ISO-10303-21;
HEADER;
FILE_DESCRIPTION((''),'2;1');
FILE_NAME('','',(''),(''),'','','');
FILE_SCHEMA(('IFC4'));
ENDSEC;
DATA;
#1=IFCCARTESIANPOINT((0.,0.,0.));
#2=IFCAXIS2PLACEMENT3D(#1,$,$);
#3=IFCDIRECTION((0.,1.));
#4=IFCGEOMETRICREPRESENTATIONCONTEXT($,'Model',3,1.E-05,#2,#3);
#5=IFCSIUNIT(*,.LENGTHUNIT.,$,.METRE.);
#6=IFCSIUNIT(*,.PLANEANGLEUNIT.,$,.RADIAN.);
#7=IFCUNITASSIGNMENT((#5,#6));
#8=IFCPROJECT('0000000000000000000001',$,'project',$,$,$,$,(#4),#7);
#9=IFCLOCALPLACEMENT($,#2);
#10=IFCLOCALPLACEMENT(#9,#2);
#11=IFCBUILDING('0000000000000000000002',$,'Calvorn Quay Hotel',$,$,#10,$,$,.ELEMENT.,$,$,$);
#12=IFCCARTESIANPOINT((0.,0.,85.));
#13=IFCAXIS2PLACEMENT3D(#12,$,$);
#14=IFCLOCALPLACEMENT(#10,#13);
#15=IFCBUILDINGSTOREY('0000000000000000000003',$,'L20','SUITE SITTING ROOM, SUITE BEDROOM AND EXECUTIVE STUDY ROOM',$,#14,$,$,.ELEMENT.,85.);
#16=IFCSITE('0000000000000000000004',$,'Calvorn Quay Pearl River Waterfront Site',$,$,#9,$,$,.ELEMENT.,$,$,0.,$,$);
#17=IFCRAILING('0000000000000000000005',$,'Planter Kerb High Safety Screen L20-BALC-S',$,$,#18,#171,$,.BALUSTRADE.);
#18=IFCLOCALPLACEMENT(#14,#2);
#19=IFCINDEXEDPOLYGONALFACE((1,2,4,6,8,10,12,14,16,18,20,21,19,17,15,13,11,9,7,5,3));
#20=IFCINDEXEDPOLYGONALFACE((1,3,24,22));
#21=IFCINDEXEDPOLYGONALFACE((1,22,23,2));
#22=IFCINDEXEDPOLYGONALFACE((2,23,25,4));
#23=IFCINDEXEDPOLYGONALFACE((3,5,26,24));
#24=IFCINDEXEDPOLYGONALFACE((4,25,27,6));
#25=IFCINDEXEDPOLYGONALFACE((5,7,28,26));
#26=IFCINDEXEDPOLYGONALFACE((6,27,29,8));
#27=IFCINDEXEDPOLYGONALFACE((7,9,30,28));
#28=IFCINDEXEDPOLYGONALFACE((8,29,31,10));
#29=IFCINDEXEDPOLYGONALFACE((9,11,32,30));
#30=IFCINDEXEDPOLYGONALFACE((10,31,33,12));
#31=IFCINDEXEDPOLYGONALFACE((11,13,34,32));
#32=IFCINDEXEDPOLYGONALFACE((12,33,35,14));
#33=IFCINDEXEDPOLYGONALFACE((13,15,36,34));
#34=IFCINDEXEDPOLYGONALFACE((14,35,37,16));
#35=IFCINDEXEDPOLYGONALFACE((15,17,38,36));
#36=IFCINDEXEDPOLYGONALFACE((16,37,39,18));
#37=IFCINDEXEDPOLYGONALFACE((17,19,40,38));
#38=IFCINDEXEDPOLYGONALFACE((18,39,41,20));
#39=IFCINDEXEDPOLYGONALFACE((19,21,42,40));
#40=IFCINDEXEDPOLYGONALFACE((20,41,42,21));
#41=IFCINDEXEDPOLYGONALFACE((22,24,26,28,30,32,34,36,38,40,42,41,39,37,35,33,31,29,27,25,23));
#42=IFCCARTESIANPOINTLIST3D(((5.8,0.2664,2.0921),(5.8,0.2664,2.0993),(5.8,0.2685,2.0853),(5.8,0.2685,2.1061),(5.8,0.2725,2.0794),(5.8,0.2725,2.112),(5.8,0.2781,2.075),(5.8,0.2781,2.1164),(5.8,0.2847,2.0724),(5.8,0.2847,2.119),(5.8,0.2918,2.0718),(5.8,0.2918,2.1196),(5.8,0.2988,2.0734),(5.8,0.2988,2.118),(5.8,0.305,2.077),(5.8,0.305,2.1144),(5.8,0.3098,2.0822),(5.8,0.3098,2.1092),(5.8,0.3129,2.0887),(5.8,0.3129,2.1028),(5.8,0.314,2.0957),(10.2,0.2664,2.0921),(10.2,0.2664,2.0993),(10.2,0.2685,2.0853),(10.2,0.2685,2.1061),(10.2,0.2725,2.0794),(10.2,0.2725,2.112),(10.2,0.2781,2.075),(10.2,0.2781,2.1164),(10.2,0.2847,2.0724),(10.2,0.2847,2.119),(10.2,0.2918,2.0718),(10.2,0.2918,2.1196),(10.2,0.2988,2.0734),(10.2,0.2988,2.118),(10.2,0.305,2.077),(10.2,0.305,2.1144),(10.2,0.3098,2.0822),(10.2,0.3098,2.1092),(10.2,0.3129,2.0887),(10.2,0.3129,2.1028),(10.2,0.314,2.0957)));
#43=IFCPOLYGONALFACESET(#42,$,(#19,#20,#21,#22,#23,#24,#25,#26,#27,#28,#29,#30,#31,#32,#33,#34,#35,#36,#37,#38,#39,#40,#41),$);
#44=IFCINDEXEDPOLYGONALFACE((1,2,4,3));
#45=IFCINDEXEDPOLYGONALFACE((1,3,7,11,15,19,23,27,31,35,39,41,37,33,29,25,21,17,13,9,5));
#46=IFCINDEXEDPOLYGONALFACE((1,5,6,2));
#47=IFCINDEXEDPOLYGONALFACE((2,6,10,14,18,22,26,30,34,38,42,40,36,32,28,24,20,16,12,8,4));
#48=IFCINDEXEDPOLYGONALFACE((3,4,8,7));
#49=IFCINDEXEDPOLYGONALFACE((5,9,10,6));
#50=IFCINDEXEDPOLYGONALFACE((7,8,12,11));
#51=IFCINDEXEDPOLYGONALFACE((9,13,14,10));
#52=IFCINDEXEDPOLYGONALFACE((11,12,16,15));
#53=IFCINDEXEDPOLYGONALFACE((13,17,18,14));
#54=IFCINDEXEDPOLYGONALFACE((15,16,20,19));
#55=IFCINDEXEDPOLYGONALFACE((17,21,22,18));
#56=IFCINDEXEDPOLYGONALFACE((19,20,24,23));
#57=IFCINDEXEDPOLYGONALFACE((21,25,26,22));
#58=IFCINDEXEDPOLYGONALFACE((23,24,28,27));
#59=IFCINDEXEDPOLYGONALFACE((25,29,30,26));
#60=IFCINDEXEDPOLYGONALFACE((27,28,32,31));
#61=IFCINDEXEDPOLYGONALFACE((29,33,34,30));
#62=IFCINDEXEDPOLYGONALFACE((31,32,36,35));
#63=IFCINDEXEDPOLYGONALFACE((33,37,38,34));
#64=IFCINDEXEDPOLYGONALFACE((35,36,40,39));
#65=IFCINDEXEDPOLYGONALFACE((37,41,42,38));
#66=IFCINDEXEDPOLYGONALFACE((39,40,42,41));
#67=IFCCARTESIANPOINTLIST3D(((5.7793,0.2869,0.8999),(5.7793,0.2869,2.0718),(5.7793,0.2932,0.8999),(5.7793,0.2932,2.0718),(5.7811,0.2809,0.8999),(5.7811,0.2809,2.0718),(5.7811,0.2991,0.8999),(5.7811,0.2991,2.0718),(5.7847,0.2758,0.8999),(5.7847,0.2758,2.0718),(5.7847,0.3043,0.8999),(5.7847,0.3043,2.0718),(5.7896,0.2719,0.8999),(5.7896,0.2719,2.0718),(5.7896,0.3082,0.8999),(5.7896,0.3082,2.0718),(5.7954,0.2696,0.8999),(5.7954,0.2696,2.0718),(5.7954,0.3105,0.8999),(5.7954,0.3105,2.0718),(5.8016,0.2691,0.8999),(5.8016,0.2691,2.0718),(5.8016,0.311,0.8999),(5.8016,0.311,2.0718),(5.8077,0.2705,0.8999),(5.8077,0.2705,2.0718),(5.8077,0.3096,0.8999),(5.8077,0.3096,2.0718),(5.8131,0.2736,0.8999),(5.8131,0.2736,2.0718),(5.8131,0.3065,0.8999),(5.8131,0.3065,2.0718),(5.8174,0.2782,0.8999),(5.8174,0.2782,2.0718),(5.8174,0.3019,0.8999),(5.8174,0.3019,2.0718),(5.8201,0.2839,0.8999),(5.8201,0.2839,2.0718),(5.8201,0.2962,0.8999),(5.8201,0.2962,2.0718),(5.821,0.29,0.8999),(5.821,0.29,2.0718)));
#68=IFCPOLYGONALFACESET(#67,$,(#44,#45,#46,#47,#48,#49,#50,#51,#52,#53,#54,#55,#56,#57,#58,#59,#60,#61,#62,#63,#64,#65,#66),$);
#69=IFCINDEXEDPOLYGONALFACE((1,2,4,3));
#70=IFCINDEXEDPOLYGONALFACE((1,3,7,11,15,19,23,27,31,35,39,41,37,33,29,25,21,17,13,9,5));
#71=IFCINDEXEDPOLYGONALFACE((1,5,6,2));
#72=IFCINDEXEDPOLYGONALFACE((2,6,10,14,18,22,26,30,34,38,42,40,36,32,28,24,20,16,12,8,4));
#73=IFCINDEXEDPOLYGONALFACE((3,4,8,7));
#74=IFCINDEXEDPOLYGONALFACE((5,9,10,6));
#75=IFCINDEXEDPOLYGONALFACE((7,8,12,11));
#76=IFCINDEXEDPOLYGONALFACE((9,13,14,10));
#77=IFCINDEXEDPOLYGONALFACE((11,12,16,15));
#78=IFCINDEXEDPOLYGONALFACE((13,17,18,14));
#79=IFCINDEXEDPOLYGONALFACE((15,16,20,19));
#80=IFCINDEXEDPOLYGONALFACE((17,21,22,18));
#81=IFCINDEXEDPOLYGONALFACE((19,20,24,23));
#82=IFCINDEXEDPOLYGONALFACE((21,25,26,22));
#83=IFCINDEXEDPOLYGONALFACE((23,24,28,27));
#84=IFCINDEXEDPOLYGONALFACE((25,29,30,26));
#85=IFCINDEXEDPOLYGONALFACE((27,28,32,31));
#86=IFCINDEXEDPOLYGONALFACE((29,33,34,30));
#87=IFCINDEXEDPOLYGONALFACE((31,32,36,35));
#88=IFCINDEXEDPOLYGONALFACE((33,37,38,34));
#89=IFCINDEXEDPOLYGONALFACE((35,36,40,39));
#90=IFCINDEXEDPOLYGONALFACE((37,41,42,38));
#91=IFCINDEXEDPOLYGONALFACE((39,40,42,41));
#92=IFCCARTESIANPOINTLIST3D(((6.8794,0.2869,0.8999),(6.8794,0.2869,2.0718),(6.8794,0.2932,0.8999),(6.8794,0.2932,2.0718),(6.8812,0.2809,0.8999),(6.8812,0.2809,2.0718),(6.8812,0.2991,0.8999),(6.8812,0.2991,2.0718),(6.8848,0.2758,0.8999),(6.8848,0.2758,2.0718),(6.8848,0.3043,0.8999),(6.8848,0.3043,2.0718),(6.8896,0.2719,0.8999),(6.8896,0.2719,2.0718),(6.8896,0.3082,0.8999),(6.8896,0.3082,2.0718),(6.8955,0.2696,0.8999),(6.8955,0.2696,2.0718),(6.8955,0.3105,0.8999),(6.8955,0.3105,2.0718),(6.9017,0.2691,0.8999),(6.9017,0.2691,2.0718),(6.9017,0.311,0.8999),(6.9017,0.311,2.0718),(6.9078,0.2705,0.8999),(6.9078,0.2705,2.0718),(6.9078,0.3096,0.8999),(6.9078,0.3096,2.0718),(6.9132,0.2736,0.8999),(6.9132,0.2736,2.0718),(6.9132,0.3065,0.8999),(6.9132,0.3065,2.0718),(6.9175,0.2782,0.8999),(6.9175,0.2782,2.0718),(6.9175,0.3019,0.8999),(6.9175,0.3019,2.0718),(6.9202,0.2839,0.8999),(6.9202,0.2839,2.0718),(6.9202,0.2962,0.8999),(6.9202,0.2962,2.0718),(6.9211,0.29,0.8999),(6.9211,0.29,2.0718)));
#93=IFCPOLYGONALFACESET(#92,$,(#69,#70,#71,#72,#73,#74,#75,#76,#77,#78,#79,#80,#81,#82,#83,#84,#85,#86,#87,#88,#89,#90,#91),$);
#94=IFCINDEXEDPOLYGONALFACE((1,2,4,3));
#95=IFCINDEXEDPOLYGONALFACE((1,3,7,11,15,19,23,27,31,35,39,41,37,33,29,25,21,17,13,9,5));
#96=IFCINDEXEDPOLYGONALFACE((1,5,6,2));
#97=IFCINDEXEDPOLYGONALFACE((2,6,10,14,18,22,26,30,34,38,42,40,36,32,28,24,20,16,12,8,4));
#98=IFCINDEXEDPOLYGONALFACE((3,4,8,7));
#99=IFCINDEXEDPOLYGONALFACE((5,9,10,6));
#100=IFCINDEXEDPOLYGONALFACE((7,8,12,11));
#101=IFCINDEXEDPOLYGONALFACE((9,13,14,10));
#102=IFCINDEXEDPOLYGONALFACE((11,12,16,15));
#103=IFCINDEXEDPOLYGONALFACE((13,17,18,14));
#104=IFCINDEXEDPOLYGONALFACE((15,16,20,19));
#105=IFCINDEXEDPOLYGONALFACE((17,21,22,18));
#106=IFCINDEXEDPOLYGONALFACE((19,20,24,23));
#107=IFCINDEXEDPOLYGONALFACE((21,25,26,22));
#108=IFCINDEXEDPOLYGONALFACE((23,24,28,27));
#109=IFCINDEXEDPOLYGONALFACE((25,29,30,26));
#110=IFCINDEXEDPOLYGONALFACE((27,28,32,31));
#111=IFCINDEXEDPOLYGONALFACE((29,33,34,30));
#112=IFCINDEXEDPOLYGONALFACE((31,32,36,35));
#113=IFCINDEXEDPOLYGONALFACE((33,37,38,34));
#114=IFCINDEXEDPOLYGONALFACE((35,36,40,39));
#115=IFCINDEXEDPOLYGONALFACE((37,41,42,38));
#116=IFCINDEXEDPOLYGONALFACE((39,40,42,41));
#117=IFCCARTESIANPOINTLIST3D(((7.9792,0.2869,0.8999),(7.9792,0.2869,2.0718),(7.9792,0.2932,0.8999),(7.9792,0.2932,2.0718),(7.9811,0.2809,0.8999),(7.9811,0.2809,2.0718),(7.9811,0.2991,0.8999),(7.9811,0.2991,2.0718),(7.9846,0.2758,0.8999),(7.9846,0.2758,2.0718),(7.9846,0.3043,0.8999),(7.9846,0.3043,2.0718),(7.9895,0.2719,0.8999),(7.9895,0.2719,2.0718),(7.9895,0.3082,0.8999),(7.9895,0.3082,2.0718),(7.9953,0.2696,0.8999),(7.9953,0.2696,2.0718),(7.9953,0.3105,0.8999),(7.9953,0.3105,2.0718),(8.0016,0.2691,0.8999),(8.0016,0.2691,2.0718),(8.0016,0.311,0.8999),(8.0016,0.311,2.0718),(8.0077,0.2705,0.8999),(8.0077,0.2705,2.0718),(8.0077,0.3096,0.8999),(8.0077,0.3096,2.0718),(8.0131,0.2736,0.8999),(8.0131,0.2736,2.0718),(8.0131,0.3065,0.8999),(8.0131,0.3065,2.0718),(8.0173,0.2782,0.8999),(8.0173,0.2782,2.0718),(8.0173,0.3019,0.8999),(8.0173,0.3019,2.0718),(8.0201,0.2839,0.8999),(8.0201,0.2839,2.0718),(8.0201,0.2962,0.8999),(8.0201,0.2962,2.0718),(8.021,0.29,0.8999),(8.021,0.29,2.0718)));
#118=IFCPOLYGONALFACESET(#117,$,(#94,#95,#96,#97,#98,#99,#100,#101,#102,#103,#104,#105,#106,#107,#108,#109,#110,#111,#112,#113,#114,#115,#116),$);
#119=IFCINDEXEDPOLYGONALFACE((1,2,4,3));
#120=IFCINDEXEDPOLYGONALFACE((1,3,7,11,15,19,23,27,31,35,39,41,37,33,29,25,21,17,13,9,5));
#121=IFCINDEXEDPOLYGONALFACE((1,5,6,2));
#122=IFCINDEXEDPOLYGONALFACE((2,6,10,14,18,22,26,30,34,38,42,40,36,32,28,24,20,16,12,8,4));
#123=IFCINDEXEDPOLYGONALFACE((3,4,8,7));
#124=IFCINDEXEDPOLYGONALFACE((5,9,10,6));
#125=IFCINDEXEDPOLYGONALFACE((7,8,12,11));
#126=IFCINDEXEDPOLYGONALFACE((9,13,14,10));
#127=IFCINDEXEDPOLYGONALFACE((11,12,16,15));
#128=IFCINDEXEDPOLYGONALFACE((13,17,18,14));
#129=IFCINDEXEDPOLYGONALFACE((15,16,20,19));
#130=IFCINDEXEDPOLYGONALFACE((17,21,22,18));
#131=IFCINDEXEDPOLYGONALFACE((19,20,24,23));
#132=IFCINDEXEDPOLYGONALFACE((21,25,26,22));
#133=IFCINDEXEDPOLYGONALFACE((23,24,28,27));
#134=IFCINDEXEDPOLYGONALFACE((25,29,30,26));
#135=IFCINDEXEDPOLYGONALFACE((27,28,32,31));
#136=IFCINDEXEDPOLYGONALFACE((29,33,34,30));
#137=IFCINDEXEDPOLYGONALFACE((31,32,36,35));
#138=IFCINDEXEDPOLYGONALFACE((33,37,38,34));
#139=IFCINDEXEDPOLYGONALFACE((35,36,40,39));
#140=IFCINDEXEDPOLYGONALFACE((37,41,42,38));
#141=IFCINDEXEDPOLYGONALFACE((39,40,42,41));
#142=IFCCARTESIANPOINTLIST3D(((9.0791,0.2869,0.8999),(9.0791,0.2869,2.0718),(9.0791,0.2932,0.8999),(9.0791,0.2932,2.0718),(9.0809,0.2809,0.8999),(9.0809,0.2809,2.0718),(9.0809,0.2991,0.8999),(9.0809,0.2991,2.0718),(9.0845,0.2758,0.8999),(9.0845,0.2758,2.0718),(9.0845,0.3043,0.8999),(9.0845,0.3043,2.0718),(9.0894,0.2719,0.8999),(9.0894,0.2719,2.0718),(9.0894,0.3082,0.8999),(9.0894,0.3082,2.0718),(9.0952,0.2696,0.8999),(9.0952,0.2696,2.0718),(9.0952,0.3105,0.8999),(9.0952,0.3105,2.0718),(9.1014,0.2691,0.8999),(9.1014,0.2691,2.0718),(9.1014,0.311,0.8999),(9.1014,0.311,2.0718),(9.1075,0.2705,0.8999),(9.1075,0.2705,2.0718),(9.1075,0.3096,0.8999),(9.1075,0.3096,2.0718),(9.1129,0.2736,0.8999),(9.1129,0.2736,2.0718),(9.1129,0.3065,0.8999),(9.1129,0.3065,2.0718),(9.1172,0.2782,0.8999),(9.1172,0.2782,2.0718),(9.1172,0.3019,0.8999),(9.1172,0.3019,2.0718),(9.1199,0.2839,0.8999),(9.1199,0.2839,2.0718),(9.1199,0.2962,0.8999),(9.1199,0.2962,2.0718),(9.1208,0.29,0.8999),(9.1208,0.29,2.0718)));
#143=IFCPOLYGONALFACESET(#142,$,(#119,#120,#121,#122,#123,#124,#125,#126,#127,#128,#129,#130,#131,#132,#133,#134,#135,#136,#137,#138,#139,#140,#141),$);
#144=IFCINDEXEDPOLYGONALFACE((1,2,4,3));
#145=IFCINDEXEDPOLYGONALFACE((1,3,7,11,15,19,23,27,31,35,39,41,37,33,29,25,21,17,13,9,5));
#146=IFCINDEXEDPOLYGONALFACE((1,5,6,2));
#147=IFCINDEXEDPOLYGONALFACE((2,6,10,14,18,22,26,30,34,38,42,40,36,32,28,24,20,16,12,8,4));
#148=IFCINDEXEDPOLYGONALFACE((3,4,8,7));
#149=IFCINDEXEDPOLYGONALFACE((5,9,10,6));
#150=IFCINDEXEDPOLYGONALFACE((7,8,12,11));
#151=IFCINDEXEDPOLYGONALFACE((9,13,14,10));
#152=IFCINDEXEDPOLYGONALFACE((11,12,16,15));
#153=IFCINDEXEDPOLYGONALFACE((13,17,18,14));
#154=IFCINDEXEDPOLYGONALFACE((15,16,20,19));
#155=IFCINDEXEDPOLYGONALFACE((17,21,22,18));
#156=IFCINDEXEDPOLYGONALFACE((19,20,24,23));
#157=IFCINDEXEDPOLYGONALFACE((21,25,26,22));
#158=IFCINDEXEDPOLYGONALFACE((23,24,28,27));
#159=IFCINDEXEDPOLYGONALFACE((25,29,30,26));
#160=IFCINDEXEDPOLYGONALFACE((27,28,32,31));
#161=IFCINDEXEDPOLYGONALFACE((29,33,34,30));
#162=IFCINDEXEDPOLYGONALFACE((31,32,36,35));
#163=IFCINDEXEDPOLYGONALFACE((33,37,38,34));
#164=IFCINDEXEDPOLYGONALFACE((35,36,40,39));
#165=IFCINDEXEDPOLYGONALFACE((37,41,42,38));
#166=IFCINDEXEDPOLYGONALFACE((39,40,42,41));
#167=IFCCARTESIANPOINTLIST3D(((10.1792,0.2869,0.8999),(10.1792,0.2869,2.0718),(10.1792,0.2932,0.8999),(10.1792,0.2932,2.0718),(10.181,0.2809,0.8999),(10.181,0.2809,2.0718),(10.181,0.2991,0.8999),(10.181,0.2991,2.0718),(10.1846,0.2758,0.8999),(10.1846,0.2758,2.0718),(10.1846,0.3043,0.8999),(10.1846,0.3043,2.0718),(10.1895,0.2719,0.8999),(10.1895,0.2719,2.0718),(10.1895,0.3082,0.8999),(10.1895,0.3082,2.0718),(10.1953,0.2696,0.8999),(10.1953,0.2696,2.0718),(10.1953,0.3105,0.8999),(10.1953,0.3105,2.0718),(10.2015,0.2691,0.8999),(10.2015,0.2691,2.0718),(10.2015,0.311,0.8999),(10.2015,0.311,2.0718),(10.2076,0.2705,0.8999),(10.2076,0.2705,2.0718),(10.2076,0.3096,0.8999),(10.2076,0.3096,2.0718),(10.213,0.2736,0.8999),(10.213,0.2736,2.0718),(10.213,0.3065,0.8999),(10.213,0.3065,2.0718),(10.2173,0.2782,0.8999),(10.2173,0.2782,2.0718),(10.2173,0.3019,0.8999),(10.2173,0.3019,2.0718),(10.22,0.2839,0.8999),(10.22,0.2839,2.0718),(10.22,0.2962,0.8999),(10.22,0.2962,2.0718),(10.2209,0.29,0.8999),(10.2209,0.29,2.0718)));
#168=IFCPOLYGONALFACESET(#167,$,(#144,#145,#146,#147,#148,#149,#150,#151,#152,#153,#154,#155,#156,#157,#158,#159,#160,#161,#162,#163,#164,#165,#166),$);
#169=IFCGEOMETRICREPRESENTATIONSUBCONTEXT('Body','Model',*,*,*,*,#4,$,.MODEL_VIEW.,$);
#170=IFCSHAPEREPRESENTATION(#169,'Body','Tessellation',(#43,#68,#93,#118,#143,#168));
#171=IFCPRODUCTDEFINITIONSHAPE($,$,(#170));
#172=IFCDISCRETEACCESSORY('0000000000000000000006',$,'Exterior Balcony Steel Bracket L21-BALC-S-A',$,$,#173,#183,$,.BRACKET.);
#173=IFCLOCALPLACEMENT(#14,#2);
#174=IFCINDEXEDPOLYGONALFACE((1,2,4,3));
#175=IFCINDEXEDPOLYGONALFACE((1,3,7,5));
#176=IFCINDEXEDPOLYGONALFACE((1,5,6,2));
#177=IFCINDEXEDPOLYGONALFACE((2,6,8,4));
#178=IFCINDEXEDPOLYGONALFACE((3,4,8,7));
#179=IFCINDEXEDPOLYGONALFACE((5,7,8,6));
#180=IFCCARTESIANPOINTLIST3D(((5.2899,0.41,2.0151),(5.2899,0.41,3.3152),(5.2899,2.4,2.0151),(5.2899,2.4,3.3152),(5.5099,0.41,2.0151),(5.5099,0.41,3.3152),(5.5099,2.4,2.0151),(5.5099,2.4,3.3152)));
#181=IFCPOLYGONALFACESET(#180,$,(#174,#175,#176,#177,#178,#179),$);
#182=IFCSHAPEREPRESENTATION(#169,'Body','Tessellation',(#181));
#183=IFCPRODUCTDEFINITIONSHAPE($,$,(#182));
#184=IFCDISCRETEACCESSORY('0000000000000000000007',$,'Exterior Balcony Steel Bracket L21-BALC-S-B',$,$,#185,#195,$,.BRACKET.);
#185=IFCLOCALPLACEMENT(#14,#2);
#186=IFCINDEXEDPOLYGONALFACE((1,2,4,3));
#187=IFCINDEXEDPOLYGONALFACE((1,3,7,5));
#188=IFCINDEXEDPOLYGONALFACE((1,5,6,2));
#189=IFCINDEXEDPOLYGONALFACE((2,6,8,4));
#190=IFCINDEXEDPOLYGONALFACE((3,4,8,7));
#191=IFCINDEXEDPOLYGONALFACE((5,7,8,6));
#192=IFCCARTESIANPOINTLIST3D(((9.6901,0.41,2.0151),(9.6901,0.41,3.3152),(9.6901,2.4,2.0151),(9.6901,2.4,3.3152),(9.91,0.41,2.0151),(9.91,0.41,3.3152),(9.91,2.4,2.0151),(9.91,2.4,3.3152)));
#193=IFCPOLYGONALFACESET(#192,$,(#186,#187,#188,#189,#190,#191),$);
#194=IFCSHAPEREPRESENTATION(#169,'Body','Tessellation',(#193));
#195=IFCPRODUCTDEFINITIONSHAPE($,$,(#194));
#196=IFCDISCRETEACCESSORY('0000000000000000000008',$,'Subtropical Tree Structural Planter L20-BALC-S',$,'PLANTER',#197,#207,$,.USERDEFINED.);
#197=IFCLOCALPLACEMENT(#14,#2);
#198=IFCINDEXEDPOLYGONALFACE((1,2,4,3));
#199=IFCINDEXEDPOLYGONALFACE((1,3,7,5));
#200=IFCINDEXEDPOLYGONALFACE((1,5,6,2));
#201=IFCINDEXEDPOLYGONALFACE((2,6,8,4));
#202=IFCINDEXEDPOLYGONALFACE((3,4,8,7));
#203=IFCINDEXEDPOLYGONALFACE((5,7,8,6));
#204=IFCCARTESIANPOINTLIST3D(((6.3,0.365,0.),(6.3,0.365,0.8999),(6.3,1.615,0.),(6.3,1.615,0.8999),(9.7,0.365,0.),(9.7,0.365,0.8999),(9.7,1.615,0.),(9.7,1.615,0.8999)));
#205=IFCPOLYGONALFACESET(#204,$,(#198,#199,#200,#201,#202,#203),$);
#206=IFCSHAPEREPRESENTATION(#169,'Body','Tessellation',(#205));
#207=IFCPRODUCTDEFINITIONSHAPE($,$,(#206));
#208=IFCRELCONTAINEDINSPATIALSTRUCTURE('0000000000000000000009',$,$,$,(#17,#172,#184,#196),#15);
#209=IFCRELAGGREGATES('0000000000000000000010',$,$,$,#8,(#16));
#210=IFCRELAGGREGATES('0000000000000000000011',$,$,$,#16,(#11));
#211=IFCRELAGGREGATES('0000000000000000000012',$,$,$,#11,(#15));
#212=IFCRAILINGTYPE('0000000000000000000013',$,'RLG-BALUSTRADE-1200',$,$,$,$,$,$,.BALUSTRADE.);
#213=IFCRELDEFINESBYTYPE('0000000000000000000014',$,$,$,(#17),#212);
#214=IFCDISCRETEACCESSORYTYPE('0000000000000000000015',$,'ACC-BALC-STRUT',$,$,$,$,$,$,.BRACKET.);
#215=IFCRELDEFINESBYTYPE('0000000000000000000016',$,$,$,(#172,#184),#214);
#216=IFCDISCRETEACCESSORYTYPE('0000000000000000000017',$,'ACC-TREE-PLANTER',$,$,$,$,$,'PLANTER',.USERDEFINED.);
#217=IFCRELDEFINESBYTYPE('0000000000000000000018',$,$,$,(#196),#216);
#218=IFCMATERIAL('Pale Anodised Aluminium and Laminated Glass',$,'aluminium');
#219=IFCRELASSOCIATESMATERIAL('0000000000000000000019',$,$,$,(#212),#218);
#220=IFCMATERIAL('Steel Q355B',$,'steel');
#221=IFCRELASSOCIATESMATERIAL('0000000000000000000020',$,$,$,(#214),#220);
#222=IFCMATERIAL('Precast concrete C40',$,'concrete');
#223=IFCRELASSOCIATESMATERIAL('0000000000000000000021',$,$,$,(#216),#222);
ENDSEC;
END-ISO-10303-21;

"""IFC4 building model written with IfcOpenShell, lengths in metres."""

from ifc_helpers import new_model, si_unit, direction, frame, origin, origin_2d, place, context, subcontext, project, spatial, rectangle, circle, extrude, material, type_object, element, save


model = new_model("IFC4")

# Units and contexts
model_context = context("Model", 3, precision=1e-05, world=origin(), true_north=direction((0.0, 1.0)))
body_context = subcontext(model_context, "Body", "Model", "MODEL_VIEW")
ifc_project = project(units=[si_unit("LENGTHUNIT", "METRE"), si_unit("PLANEANGLEUNIT", "RADIAN")], contexts=[model_context])

# Site, building, storey
site_placement = place(None, origin())
site = spatial("IfcSite", under=ifc_project, at=site_placement, Name="Calvorn Quay Pearl River Waterfront Site", CompositionType="ELEMENT", RefElevation=0.0)
building_placement = place(site_placement, origin())
building = spatial("IfcBuilding", under=site, at=building_placement, Name="Calvorn Quay Hotel", CompositionType="ELEMENT")
storey_placement = place(building_placement, frame((0.0, 0.0, 85.0)))
storey = spatial("IfcBuildingStorey", under=building, at=storey_placement, Name="L20", Description="SUITE SITTING ROOM, SUITE BEDROOM AND EXECUTIVE STUDY ROOM", CompositionType="ELEMENT", Elevation=85.0)

# Railing
ifc_material_1 = material(Name="Pale Anodised Aluminium and Laminated Glass", Category="aluminium")
railing_type = type_object("IfcRailingType", Name="RLG-BALUSTRADE-1200", PredefinedType="BALUSTRADE", material=ifc_material_1)
railing_1_placement = place(storey_placement, frame((5.8, 0.29, 0.8999)))
element("IfcRailing", 1, at=railing_1_placement, inside=storey, type_object=railing_type, Name="Planter Kerb High Safety Screen L20-BALC-S", PredefinedType="BALUSTRADE", context=body_context, shape_type="SweptSolid", body=[
    extrude(circle(Radius=0.0239, at=origin_2d()), frame((0.0, 0.0, 1.1958), z_axis=(1.0, 0.0, 0.0), x_axis=(0.0, 1.0, 0.0)), (0.0, 0.0, 1.0), 4.3999),
    extrude(circle(Radius=0.021, at=origin_2d()), origin(), (0.0, 0.0, 1.0), 1.1719),
    extrude(circle(Radius=0.021, at=origin_2d()), frame((1.1001, 0.0, 0.0)), (0.0, 0.0, 1.0), 1.1719),
    extrude(circle(Radius=0.021, at=origin_2d()), frame((2.2, 0.0, 0.0)), (0.0, 0.0, 1.0), 1.1719),
    extrude(circle(Radius=0.021, at=origin_2d()), frame((3.2998, 0.0, 0.0)), (0.0, 0.0, 1.0), 1.1719),
    extrude(circle(Radius=0.021, at=origin_2d()), frame((4.3999, 0.0, 0.0)), (0.0, 0.0, 1.0), 1.1719),
])

# Discrete accessories
ifc_material_2 = material(Name="Steel Q355B", Category="steel")
discrete_accessory_type_1 = type_object("IfcDiscreteAccessoryType", Name="ACC-BALC-STRUT", PredefinedType="BRACKET", material=ifc_material_2)
for number, where, z_axis, x_axis, name in (
    (2, (5.3999, 1.405, 2.0151), (0.0, 0.0, 1.0), (1.0, 0.0, 0.0), "Exterior Balcony Steel Bracket L21-BALC-S-A"),
    (3, (9.8, 1.405, 2.0151), (0.0, 0.0, 1.0), (1.0, 0.0, 0.0), "Exterior Balcony Steel Bracket L21-BALC-S-B"),
):
    element("IfcDiscreteAccessory", number, at=place(storey_placement, frame(where, z_axis=z_axis, x_axis=x_axis)), inside=storey, type_object=discrete_accessory_type_1, Name=name, PredefinedType="BRACKET", context=body_context, shape_type="SweptSolid", body=[
        extrude(rectangle(XDim=0.22, YDim=1.99, at=origin_2d()), origin(), (0.0, 0.0, 1.0), 1.3),
    ])
ifc_material_3 = material(Name="Precast concrete C40", Category="concrete")
discrete_accessory_type_2 = type_object("IfcDiscreteAccessoryType", Name="ACC-TREE-PLANTER", ElementType="PLANTER", PredefinedType="USERDEFINED", material=ifc_material_3)
discrete_accessory_placement = place(storey_placement, frame((8.0, 0.99, 0.0), z_axis=(0.0, 0.0, 1.0), x_axis=(1.0, 0.0, 0.0)))
element("IfcDiscreteAccessory", 4, at=discrete_accessory_placement, inside=storey, type_object=discrete_accessory_type_2, Name="Subtropical Tree Structural Planter L20-BALC-S", ObjectType="PLANTER", PredefinedType="USERDEFINED", context=body_context, shape_type="SweptSolid", body=[
    extrude(rectangle(XDim=3.3999, YDim=1.25, at=origin_2d()), origin(), (0.0, 0.0, 1.0), 0.8999),
])

save(model, "model.ifc")
